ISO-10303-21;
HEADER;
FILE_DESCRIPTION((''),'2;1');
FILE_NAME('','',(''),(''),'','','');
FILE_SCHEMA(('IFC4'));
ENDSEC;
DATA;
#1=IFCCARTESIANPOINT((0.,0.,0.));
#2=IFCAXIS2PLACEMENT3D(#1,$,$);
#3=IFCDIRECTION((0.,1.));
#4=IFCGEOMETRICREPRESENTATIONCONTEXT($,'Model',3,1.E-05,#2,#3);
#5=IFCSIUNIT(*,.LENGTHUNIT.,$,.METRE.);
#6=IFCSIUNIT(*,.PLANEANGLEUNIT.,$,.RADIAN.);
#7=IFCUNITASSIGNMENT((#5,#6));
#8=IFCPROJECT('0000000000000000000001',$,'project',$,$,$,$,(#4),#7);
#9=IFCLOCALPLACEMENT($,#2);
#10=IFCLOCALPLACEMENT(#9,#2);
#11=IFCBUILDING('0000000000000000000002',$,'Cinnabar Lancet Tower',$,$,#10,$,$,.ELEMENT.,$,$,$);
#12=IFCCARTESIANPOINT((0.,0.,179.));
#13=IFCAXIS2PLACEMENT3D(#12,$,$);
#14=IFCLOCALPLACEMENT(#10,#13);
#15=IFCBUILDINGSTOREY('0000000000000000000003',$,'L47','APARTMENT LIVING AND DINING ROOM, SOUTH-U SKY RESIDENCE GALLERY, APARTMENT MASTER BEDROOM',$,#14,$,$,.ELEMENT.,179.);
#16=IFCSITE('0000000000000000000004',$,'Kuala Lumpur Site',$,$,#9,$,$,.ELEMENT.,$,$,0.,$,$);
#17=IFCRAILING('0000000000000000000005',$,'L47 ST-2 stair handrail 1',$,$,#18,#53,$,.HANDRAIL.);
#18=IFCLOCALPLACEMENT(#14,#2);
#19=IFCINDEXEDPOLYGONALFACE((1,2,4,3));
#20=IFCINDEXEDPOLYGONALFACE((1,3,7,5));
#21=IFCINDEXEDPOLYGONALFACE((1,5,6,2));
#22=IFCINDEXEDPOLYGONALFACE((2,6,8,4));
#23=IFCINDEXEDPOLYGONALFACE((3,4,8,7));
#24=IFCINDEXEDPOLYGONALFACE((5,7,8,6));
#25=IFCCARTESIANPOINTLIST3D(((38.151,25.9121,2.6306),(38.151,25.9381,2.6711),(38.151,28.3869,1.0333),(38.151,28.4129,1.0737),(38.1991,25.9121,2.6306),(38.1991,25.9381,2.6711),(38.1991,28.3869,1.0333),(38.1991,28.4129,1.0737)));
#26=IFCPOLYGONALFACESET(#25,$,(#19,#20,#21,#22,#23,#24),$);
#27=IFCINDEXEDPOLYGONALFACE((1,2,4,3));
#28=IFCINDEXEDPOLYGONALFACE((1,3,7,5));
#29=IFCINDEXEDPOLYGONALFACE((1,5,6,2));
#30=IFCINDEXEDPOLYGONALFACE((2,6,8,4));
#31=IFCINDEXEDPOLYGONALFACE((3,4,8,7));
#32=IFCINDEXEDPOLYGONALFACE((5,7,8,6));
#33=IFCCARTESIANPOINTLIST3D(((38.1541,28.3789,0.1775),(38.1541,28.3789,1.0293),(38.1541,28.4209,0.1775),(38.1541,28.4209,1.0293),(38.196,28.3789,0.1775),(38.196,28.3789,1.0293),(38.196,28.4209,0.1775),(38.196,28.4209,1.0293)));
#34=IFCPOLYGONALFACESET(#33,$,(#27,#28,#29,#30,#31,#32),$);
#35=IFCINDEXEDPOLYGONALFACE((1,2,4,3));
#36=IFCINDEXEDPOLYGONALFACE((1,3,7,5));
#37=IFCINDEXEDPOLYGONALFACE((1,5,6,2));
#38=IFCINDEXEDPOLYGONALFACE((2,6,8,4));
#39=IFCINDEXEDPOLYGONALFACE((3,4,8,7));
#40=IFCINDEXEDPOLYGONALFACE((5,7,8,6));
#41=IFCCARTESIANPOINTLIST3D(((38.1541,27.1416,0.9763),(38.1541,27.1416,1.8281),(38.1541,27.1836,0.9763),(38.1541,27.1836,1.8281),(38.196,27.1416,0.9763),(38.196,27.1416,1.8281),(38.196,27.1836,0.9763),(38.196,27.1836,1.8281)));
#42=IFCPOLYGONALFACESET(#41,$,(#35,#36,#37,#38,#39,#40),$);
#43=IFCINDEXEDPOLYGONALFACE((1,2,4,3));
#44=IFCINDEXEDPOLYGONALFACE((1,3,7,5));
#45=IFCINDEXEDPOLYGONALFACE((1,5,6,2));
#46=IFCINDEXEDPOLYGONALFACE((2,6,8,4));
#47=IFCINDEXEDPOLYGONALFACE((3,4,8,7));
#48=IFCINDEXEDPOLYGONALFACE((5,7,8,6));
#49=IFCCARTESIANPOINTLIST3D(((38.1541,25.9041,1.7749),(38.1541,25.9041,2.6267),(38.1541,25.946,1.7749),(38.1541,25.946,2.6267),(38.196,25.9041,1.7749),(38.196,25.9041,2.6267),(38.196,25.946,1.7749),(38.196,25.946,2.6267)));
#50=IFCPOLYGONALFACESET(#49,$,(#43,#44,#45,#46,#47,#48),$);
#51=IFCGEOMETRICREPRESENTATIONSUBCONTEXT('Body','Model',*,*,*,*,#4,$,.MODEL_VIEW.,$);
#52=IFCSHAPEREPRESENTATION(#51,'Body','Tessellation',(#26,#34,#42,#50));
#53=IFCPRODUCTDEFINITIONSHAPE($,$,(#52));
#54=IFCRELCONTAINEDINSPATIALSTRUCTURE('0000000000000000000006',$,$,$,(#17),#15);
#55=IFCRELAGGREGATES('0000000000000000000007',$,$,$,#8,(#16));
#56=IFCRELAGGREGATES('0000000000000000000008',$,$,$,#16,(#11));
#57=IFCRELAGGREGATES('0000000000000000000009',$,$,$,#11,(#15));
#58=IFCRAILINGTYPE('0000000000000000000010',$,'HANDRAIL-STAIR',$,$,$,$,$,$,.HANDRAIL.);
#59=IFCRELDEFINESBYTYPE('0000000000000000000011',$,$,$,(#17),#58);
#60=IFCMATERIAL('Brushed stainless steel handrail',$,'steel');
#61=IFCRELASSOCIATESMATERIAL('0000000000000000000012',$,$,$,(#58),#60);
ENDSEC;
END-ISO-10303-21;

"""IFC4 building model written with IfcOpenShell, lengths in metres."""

from ifc_helpers import new_model, si_unit, direction, frame, origin, origin_2d, place, context, subcontext, project, spatial, rectangle, extrude, material, type_object, element, save


model = new_model("IFC4")

# Units and contexts
model_context = context("Model", 3, precision=1e-05, world=origin(), true_north=direction((0.0, 1.0)))
body_context = subcontext(model_context, "Body", "Model", "MODEL_VIEW")
ifc_project = project(units=[si_unit("LENGTHUNIT", "METRE"), si_unit("PLANEANGLEUNIT", "RADIAN")], contexts=[model_context])

# Site, building, storey
site_placement = place(None, origin())
site = spatial("IfcSite", under=ifc_project, at=site_placement, Name="Kuala Lumpur Site", CompositionType="ELEMENT", RefElevation=0.0)
building_placement = place(site_placement, origin())
building = spatial("IfcBuilding", under=site, at=building_placement, Name="Cinnabar Lancet Tower", CompositionType="ELEMENT")
storey_placement = place(building_placement, frame((0.0, 0.0, 179.0)))
storey = spatial("IfcBuildingStorey", under=building, at=storey_placement, Name="L47", Description="APARTMENT LIVING AND DINING ROOM, SOUTH-U SKY RESIDENCE GALLERY, APARTMENT MASTER BEDROOM", CompositionType="ELEMENT", Elevation=179.0)

# Railing
ifc_material_1 = material(Name="Brushed stainless steel handrail", Category="steel")
railing_type_1 = type_object("IfcRailingType", Name="HANDRAIL-STAIR", PredefinedType="HANDRAIL", material=ifc_material_1)
railing_1_placement = place(storey_placement, frame((38.175, 28.3999, 0.1775)))
element("IfcRailing", 1, at=railing_1_placement, inside=storey, type_object=railing_type_1, Name="L47 ST-2 stair handrail 1", PredefinedType="HANDRAIL", context=body_context, shape_type="SweptSolid", body=[
    extrude(rectangle(XDim=0.0481, YDim=0.0481, at=origin_2d()), frame((0.0, 0.0, 0.876), z_axis=(0.0, -0.840183, 0.542302), x_axis=(1.0, 0.0, 0.0)), (0.0, 0.0, 1.0), 2.9456),
    extrude(rectangle(XDim=0.042, YDim=0.042, at=origin_2d()), origin(), (0.0, 0.0, 1.0), 0.8518),
    extrude(rectangle(XDim=0.042, YDim=0.042, at=origin_2d()), frame((0.0, -1.2373, 0.7988)), (0.0, 0.0, 1.0), 0.8518),
    extrude(rectangle(XDim=0.042, YDim=0.042, at=origin_2d()), frame((0.0, -2.4749, 1.5974)), (0.0, 0.0, 1.0), 0.8518),
])

save(model, "model.ifc")
